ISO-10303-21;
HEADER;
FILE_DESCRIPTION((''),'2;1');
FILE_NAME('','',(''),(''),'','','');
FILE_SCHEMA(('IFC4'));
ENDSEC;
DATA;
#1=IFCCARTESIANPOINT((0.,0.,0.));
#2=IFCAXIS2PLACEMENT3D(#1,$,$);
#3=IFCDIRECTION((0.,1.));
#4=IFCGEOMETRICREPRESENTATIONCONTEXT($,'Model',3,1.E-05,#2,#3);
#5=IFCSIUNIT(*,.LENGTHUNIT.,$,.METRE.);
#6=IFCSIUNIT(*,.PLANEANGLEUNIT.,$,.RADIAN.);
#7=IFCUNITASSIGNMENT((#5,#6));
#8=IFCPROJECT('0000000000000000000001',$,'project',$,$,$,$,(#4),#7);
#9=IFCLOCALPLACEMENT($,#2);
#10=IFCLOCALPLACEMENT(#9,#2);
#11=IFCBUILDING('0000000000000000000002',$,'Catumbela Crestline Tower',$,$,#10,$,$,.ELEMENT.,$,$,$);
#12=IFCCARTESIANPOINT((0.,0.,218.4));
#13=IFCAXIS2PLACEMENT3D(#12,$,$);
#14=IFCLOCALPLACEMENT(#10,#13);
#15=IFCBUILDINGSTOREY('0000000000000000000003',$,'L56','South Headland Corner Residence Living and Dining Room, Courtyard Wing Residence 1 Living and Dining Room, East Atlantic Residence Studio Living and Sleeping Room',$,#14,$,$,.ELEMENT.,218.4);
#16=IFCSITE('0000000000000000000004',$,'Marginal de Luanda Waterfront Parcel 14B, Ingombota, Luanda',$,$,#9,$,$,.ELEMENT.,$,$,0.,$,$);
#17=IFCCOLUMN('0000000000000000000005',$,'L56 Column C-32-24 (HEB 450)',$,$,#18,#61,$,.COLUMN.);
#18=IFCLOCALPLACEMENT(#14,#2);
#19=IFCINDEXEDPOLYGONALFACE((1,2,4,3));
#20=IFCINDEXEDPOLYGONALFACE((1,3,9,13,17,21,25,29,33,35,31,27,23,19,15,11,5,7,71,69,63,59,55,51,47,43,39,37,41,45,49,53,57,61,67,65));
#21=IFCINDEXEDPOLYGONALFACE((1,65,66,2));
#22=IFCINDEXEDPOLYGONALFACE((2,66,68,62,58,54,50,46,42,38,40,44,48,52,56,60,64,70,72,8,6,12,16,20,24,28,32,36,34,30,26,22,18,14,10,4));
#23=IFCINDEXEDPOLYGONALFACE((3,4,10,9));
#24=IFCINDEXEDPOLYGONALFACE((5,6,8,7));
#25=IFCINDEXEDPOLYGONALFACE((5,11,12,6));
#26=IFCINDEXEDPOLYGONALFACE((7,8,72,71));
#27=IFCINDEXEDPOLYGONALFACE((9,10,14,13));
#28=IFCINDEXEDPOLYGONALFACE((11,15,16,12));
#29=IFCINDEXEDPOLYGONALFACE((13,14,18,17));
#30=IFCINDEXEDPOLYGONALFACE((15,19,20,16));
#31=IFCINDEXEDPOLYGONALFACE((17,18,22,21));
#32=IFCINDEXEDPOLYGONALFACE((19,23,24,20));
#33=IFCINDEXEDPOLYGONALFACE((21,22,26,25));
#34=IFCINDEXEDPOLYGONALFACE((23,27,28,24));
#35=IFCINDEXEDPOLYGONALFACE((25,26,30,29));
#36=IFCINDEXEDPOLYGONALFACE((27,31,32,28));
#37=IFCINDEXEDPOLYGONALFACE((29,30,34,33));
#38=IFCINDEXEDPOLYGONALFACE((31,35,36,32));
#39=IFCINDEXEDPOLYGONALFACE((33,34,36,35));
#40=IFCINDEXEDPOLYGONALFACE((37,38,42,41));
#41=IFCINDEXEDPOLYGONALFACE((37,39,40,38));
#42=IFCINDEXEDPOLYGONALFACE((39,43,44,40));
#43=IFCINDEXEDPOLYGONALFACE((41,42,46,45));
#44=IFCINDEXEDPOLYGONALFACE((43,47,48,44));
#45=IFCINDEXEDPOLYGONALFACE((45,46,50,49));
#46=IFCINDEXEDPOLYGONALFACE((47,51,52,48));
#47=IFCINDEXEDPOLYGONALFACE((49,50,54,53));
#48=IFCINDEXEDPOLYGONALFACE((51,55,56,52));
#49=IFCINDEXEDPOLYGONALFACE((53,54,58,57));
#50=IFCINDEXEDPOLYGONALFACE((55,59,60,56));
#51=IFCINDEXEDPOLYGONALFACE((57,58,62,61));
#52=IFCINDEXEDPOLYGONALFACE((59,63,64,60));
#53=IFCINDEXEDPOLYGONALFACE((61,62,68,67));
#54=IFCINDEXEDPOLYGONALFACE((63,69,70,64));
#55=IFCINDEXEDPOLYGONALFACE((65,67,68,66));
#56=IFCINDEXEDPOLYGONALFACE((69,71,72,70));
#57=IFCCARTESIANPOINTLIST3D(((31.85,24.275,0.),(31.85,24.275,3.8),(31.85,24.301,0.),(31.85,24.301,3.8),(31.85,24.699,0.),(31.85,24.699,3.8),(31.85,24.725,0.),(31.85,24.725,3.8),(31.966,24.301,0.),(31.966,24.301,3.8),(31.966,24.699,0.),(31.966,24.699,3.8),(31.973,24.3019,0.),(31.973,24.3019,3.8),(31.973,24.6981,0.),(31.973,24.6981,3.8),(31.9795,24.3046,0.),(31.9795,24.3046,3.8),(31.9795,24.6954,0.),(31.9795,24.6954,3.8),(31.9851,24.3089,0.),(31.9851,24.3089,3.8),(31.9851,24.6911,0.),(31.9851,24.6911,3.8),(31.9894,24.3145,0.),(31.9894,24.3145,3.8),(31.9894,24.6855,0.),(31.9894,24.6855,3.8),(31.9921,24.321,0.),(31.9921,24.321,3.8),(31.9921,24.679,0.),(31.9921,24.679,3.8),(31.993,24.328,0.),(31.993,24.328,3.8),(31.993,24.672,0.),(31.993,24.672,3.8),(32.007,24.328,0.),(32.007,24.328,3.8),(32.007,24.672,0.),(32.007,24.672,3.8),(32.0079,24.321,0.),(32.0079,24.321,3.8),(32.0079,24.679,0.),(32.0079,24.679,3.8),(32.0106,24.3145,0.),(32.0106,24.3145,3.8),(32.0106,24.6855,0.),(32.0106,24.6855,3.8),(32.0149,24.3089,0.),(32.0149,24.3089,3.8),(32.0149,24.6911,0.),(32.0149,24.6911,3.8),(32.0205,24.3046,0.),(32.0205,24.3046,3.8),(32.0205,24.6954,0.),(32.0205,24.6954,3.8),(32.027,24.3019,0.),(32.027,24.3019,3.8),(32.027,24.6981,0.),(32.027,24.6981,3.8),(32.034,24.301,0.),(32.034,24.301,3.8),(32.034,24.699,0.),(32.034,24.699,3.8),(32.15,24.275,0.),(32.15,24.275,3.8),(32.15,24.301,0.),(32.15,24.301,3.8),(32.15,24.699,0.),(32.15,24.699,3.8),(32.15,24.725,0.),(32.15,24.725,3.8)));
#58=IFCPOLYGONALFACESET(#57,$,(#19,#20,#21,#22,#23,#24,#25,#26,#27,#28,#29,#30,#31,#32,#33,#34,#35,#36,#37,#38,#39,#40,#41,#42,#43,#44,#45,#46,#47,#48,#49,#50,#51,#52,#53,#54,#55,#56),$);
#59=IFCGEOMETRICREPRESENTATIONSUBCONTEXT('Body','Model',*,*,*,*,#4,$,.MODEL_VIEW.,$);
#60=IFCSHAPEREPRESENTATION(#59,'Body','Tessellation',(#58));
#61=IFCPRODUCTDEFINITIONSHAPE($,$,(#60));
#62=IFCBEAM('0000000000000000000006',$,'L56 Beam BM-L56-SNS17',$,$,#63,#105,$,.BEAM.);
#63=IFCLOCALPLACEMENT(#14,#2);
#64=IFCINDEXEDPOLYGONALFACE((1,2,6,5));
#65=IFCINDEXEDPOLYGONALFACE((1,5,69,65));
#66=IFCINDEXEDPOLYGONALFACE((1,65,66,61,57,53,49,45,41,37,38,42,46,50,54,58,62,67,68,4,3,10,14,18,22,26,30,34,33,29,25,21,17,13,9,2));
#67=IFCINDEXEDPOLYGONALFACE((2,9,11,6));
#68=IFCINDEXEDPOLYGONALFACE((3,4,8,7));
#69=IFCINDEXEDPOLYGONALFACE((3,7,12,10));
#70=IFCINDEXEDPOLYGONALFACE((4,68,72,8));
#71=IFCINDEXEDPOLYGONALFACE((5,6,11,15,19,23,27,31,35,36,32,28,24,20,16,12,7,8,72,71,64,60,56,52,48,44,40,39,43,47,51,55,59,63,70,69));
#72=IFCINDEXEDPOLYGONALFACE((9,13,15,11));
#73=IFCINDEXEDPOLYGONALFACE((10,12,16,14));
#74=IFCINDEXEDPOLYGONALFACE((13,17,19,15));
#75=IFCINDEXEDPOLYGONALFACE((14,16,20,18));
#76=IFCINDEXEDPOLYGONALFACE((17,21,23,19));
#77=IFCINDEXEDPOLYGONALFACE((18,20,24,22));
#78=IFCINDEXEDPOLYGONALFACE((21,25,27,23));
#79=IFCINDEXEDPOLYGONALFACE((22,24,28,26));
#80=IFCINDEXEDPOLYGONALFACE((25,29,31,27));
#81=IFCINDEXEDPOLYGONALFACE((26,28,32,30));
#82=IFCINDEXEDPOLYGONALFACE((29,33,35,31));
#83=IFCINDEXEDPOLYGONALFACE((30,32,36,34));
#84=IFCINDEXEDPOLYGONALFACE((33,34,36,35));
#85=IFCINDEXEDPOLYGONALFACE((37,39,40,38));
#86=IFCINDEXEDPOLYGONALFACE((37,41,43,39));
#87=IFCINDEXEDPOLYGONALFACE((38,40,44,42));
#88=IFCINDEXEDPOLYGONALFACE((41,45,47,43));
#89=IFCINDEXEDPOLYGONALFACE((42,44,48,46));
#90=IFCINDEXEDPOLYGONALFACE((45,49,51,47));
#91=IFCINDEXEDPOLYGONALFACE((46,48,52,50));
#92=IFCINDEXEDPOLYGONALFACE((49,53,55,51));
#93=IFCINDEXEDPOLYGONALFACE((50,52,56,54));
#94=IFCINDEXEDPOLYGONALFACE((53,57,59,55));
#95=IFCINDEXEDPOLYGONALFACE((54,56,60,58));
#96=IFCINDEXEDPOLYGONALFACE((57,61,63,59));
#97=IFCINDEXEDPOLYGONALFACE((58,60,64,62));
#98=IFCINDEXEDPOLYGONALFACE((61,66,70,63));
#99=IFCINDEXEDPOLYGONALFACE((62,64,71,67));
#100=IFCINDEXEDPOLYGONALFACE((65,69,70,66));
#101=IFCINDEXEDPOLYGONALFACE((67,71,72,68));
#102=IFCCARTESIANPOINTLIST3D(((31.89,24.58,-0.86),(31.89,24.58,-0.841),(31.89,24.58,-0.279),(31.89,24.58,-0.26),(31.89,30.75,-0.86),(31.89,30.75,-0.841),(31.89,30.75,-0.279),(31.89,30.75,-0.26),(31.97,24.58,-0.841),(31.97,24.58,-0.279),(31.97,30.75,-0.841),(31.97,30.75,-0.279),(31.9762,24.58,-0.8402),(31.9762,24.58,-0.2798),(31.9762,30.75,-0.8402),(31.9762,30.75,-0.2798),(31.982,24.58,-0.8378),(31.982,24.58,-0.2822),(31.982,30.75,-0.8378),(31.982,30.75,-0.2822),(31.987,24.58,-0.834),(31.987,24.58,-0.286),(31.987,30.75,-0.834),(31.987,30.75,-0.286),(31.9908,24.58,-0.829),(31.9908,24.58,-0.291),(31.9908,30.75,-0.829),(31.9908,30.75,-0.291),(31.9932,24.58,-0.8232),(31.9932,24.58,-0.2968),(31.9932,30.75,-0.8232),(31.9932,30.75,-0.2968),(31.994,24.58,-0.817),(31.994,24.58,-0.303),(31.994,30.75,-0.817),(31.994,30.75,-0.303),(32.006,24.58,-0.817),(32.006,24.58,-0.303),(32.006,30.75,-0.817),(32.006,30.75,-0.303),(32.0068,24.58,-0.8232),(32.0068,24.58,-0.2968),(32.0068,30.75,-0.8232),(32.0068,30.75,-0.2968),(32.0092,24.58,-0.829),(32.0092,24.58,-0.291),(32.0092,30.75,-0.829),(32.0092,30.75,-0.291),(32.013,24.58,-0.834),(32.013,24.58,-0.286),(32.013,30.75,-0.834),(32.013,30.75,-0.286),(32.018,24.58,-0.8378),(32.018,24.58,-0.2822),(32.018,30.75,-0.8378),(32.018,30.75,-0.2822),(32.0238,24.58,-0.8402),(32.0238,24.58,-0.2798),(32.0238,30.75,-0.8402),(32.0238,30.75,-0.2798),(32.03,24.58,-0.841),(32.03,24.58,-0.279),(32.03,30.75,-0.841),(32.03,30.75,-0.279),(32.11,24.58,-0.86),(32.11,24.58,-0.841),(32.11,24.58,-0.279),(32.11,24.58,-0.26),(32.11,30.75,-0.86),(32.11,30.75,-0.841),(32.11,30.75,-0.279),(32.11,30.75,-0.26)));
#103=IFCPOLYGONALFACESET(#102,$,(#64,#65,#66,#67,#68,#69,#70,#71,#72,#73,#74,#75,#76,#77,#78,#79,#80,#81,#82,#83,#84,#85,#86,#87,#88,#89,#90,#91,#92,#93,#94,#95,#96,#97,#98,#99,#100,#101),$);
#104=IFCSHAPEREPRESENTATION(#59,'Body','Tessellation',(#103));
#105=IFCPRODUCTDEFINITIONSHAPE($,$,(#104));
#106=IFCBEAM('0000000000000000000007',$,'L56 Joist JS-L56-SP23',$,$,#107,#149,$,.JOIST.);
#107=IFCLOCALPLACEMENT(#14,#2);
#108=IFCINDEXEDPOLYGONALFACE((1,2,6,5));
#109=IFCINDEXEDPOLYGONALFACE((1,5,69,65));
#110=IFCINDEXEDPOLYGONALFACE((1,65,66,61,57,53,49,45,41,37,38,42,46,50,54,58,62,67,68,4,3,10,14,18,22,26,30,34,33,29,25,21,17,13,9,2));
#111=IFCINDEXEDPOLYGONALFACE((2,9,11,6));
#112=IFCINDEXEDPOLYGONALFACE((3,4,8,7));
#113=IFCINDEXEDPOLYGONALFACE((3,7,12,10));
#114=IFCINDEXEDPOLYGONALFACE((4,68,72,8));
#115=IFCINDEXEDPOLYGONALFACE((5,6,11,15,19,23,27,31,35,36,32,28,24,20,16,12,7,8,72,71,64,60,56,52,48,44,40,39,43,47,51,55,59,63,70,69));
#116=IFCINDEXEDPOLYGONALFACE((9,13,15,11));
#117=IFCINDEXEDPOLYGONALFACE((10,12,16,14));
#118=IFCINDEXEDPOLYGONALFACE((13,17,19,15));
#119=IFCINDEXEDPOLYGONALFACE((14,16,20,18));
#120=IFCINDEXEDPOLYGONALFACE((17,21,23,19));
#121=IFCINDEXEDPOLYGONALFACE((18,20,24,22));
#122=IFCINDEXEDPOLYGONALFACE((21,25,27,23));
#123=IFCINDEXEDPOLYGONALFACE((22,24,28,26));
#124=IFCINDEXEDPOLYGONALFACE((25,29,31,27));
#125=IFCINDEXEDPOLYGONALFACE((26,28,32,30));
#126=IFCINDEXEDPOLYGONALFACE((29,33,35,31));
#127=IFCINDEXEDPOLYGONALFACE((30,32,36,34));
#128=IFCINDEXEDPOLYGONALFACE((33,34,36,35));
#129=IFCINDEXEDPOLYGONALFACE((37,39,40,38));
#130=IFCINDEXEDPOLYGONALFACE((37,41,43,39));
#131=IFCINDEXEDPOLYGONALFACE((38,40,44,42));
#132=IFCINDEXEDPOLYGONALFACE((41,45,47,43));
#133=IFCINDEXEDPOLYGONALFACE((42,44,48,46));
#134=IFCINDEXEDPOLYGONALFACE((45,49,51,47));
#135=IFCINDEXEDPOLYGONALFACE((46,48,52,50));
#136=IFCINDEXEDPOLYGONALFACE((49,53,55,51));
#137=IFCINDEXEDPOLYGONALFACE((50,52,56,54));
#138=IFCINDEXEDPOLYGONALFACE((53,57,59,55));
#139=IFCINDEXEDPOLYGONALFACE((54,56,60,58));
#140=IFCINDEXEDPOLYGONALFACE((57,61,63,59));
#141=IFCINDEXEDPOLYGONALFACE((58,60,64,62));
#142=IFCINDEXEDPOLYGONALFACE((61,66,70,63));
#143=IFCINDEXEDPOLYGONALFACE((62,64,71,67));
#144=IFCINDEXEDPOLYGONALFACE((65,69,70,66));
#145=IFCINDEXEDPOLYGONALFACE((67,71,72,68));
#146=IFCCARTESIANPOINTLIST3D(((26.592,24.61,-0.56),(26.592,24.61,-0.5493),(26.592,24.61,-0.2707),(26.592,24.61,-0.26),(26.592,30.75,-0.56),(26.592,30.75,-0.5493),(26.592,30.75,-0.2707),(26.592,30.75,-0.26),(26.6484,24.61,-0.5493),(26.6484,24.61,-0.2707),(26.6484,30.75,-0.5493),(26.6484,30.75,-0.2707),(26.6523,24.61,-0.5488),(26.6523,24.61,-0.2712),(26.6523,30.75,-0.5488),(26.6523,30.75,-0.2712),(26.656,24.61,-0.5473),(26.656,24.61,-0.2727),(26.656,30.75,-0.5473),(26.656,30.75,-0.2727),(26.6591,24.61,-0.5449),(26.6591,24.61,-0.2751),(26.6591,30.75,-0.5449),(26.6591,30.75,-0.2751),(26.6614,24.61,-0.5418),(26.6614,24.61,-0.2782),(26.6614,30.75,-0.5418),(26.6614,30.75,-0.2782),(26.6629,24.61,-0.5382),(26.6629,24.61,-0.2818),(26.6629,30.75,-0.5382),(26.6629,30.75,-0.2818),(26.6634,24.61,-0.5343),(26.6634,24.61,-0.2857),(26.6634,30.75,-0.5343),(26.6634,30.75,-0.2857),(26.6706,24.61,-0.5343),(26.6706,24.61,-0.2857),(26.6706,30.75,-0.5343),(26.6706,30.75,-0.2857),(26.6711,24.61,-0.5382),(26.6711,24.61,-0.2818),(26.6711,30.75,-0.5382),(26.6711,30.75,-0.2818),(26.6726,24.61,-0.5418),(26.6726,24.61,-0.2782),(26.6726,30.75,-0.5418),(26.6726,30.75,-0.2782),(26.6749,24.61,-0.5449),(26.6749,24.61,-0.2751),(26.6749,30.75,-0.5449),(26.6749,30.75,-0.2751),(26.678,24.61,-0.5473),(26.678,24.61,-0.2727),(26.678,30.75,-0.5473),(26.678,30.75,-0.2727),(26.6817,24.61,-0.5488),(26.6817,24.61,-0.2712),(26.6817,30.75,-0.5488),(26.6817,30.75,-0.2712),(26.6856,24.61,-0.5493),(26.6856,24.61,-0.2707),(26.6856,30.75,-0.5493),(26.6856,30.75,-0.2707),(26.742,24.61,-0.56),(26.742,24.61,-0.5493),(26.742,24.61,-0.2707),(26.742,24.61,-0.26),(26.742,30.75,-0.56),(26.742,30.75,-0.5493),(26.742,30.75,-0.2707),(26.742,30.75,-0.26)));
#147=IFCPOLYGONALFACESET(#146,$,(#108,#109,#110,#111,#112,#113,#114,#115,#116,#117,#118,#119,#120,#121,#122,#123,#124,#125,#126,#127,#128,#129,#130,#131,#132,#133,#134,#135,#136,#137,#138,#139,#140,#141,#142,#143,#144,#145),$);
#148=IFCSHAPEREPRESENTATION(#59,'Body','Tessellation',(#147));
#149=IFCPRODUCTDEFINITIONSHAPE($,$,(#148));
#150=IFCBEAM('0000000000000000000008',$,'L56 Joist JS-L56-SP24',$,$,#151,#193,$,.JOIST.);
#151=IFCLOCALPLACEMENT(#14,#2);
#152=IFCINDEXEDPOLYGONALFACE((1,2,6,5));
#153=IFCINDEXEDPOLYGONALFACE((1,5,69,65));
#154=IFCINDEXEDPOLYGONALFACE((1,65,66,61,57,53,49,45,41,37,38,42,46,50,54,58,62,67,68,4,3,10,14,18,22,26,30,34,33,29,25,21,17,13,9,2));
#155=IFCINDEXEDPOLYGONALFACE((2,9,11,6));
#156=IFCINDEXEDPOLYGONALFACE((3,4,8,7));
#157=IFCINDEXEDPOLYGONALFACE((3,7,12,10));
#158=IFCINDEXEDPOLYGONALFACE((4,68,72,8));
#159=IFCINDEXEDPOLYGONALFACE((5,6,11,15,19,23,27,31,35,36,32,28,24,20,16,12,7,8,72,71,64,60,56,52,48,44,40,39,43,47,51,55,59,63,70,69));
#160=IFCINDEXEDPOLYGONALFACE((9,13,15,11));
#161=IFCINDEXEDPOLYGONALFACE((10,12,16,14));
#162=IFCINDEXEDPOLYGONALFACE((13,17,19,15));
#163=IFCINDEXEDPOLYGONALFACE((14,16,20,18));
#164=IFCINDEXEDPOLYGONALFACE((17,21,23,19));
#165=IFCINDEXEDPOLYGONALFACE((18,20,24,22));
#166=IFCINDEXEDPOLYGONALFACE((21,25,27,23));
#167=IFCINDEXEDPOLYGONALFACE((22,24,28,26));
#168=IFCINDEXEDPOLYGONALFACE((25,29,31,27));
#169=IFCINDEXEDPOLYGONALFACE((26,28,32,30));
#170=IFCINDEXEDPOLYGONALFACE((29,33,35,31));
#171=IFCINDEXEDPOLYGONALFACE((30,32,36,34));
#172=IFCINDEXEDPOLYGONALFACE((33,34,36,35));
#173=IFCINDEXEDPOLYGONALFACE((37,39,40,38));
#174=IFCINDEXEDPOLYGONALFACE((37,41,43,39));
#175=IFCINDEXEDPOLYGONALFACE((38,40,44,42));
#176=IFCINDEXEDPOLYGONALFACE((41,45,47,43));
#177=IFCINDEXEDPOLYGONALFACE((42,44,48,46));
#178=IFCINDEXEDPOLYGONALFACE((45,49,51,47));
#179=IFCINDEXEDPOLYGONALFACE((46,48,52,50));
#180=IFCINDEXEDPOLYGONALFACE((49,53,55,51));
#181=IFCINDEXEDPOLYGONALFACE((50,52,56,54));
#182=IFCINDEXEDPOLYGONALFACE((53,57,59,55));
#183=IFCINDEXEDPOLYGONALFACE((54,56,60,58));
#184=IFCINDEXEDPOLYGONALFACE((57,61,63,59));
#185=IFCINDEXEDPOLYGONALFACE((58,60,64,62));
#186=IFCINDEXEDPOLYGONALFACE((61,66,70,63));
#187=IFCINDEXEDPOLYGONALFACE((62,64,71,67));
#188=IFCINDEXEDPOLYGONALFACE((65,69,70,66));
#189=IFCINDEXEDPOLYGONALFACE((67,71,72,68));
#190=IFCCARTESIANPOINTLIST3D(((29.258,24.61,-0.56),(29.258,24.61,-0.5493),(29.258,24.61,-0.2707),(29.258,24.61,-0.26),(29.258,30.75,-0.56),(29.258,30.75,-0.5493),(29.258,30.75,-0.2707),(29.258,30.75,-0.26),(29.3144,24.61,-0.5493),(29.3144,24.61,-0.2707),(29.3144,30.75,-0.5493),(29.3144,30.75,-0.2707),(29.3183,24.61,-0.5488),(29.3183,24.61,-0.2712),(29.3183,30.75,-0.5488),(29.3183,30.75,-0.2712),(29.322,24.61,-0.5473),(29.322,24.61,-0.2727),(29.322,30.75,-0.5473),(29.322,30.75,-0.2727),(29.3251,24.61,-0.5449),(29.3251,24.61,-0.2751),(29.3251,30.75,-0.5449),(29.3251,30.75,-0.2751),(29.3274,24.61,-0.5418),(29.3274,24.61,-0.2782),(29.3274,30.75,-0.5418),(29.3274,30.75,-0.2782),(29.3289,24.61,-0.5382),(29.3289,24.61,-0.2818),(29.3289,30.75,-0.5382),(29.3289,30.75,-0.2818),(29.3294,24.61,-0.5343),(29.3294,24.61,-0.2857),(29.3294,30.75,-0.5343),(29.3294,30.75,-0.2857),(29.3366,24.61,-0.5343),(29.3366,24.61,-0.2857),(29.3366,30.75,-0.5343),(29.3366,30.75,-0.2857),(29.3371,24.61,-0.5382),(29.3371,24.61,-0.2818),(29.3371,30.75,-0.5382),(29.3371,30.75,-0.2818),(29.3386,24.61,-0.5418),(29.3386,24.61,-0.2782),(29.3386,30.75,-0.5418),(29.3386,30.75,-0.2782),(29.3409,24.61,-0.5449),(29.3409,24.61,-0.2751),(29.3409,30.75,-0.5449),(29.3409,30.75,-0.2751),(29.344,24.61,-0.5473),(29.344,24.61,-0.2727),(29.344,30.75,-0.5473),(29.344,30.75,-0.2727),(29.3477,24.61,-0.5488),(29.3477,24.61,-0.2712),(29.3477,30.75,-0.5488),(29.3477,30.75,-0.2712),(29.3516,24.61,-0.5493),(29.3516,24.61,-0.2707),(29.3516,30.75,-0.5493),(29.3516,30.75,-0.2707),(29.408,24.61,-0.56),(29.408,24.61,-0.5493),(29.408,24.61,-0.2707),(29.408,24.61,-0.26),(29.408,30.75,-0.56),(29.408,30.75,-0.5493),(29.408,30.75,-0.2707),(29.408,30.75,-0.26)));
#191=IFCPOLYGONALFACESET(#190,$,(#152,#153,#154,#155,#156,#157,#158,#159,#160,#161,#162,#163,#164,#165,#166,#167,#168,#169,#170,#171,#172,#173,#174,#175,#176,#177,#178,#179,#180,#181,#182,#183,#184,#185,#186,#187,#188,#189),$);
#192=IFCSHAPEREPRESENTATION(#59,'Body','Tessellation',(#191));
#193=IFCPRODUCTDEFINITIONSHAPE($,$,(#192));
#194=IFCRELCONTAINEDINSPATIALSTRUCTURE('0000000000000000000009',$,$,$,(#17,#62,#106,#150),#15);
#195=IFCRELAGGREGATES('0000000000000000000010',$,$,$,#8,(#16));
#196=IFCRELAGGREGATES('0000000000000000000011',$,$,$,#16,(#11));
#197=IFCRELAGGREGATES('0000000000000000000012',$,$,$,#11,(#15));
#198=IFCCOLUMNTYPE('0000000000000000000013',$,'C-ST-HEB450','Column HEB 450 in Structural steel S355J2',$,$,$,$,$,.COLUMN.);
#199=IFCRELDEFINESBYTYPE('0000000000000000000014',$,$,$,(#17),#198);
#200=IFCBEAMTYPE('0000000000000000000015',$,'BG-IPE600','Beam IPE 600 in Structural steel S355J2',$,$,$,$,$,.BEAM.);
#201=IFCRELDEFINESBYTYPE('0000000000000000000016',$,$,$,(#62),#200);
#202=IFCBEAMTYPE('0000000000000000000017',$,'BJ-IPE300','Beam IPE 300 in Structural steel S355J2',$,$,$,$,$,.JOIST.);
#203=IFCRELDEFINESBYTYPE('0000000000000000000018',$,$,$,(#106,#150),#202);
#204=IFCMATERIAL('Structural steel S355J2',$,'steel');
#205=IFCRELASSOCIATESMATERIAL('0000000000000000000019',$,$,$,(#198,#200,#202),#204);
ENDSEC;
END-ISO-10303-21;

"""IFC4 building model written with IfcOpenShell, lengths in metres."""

from ifc_helpers import new_model, si_unit, direction, frame, origin, origin_2d, place, context, subcontext, project, spatial, i_section, extrude, material, material_profile, profile_set, type_object, element, save


model = new_model("IFC4")

# Units and contexts
model_context = context("Model", 3, precision=1e-05, world=origin(), true_north=direction((0.0, 1.0)))
body_context = subcontext(model_context, "Body", "Model", "MODEL_VIEW")
ifc_project = project(units=[si_unit("LENGTHUNIT", "METRE"), si_unit("PLANEANGLEUNIT", "RADIAN")], contexts=[model_context])

# Site, building, storey
site_placement = place(None, origin())
site = spatial("IfcSite", under=ifc_project, at=site_placement, Name="Marginal de Luanda Waterfront Parcel 14B, Ingombota, Luanda", CompositionType="ELEMENT", RefElevation=0.0)
building_placement = place(site_placement, origin())
building = spatial("IfcBuilding", under=site, at=building_placement, Name="Catumbela Crestline Tower", CompositionType="ELEMENT")
storey_placement = place(building_placement, frame((0.0, 0.0, 218.4)))
storey = spatial("IfcBuildingStorey", under=building, at=storey_placement, Name="L56", Description="South Headland Corner Residence Living and Dining Room, Courtyard Wing Residence 1 Living and Dining Room, East Atlantic Residence Studio Living and Sleeping Room", CompositionType="ELEMENT", Elevation=218.4)

# Column
ifc_material_1 = material(Name="Structural steel S355J2", Category="steel")
ifc_material_profile_1 = material_profile(ifc_material_1, i_section(OverallWidth=0.3, OverallDepth=0.45, WebThickness=0.014, FlangeThickness=0.026, FilletRadius=0.027, at=origin_2d()), Name="HEB 450")
ifc_profile_set_1 = profile_set([ifc_material_profile_1], Name="Structural steel S355J2")
column_type = type_object("IfcColumnType", Name="C-ST-HEB450", Description="Column HEB 450 in Structural steel S355J2", PredefinedType="COLUMN", material=ifc_profile_set_1)
column_placement = place(storey_placement, frame((32.0, 24.5, 0.0), z_axis=(0.0, 0.0, 1.0), x_axis=(1.0, 0.0, 0.0)))
element("IfcColumn", 1, at=column_placement, inside=storey, type_object=column_type, Name="L56 Column C-32-24 (HEB 450)", PredefinedType="COLUMN", context=body_context, shape_type="SweptSolid", body=[
    extrude(i_section(OverallWidth=0.3, OverallDepth=0.45, WebThickness=0.014, FlangeThickness=0.026, FilletRadius=0.027, at=origin_2d()), origin(), (0.0, 0.0, 1.0), 3.8),
])

# Beams
ifc_material_profile_2 = material_profile(ifc_material_1, i_section(OverallWidth=0.22, OverallDepth=0.6, WebThickness=0.012, FlangeThickness=0.019, FilletRadius=0.024, at=origin_2d()), Name="IPE 600")
ifc_profile_set_2 = profile_set([ifc_material_profile_2], Name="Structural steel S355J2")
beam_type_1 = type_object("IfcBeamType", Name="BG-IPE600", Description="Beam IPE 600 in Structural steel S355J2", PredefinedType="BEAM", material=ifc_profile_set_2)
beam_placement = place(storey_placement, frame((32.0, 24.58, -0.56), z_axis=(0.0, 1.0, 0.0), x_axis=(-1.0, 0.0, 0.0)))
element("IfcBeam", 2, at=beam_placement, inside=storey, type_object=beam_type_1, Name="L56 Beam BM-L56-SNS17", PredefinedType="BEAM", context=body_context, shape_type="SweptSolid", body=[
    extrude(i_section(OverallWidth=0.22, OverallDepth=0.6, WebThickness=0.012, FlangeThickness=0.019, FilletRadius=0.024, at=origin_2d()), origin(), (0.0, 0.0, 1.0), 6.17),
])
ifc_material_profile_3 = material_profile(ifc_material_1, i_section(OverallWidth=0.15, OverallDepth=0.3, WebThickness=0.0071, FlangeThickness=0.0107, FilletRadius=0.015, at=origin_2d()), Name="IPE 300")
ifc_profile_set_3 = profile_set([ifc_material_profile_3], Name="Structural steel S355J2")
beam_type_2 = type_object("IfcBeamType", Name="BJ-IPE300", Description="Beam IPE 300 in Structural steel S355J2", PredefinedType="JOIST", material=ifc_profile_set_3)
for number, where, z_axis, x_axis, name in (
    (3, (26.667, 24.61, -0.41), (0.0, 1.0, 0.0), (-1.0, 0.0, 0.0), "L56 Joist JS-L56-SP23"),
    (4, (29.333, 24.61, -0.41), (0.0, 1.0, 0.0), (-1.0, 0.0, 0.0), "L56 Joist JS-L56-SP24"),
):
    element("IfcBeam", number, at=place(storey_placement, frame(where, z_axis=z_axis, x_axis=x_axis)), inside=storey, type_object=beam_type_2, Name=name, PredefinedType="JOIST", context=body_context, shape_type="SweptSolid", body=[
        extrude(i_section(OverallWidth=0.15, OverallDepth=0.3, WebThickness=0.0071, FlangeThickness=0.0107, FilletRadius=0.015, at=origin_2d()), origin(), (0.0, 0.0, 1.0), 6.14),
    ])

save(model, "model.ifc")
